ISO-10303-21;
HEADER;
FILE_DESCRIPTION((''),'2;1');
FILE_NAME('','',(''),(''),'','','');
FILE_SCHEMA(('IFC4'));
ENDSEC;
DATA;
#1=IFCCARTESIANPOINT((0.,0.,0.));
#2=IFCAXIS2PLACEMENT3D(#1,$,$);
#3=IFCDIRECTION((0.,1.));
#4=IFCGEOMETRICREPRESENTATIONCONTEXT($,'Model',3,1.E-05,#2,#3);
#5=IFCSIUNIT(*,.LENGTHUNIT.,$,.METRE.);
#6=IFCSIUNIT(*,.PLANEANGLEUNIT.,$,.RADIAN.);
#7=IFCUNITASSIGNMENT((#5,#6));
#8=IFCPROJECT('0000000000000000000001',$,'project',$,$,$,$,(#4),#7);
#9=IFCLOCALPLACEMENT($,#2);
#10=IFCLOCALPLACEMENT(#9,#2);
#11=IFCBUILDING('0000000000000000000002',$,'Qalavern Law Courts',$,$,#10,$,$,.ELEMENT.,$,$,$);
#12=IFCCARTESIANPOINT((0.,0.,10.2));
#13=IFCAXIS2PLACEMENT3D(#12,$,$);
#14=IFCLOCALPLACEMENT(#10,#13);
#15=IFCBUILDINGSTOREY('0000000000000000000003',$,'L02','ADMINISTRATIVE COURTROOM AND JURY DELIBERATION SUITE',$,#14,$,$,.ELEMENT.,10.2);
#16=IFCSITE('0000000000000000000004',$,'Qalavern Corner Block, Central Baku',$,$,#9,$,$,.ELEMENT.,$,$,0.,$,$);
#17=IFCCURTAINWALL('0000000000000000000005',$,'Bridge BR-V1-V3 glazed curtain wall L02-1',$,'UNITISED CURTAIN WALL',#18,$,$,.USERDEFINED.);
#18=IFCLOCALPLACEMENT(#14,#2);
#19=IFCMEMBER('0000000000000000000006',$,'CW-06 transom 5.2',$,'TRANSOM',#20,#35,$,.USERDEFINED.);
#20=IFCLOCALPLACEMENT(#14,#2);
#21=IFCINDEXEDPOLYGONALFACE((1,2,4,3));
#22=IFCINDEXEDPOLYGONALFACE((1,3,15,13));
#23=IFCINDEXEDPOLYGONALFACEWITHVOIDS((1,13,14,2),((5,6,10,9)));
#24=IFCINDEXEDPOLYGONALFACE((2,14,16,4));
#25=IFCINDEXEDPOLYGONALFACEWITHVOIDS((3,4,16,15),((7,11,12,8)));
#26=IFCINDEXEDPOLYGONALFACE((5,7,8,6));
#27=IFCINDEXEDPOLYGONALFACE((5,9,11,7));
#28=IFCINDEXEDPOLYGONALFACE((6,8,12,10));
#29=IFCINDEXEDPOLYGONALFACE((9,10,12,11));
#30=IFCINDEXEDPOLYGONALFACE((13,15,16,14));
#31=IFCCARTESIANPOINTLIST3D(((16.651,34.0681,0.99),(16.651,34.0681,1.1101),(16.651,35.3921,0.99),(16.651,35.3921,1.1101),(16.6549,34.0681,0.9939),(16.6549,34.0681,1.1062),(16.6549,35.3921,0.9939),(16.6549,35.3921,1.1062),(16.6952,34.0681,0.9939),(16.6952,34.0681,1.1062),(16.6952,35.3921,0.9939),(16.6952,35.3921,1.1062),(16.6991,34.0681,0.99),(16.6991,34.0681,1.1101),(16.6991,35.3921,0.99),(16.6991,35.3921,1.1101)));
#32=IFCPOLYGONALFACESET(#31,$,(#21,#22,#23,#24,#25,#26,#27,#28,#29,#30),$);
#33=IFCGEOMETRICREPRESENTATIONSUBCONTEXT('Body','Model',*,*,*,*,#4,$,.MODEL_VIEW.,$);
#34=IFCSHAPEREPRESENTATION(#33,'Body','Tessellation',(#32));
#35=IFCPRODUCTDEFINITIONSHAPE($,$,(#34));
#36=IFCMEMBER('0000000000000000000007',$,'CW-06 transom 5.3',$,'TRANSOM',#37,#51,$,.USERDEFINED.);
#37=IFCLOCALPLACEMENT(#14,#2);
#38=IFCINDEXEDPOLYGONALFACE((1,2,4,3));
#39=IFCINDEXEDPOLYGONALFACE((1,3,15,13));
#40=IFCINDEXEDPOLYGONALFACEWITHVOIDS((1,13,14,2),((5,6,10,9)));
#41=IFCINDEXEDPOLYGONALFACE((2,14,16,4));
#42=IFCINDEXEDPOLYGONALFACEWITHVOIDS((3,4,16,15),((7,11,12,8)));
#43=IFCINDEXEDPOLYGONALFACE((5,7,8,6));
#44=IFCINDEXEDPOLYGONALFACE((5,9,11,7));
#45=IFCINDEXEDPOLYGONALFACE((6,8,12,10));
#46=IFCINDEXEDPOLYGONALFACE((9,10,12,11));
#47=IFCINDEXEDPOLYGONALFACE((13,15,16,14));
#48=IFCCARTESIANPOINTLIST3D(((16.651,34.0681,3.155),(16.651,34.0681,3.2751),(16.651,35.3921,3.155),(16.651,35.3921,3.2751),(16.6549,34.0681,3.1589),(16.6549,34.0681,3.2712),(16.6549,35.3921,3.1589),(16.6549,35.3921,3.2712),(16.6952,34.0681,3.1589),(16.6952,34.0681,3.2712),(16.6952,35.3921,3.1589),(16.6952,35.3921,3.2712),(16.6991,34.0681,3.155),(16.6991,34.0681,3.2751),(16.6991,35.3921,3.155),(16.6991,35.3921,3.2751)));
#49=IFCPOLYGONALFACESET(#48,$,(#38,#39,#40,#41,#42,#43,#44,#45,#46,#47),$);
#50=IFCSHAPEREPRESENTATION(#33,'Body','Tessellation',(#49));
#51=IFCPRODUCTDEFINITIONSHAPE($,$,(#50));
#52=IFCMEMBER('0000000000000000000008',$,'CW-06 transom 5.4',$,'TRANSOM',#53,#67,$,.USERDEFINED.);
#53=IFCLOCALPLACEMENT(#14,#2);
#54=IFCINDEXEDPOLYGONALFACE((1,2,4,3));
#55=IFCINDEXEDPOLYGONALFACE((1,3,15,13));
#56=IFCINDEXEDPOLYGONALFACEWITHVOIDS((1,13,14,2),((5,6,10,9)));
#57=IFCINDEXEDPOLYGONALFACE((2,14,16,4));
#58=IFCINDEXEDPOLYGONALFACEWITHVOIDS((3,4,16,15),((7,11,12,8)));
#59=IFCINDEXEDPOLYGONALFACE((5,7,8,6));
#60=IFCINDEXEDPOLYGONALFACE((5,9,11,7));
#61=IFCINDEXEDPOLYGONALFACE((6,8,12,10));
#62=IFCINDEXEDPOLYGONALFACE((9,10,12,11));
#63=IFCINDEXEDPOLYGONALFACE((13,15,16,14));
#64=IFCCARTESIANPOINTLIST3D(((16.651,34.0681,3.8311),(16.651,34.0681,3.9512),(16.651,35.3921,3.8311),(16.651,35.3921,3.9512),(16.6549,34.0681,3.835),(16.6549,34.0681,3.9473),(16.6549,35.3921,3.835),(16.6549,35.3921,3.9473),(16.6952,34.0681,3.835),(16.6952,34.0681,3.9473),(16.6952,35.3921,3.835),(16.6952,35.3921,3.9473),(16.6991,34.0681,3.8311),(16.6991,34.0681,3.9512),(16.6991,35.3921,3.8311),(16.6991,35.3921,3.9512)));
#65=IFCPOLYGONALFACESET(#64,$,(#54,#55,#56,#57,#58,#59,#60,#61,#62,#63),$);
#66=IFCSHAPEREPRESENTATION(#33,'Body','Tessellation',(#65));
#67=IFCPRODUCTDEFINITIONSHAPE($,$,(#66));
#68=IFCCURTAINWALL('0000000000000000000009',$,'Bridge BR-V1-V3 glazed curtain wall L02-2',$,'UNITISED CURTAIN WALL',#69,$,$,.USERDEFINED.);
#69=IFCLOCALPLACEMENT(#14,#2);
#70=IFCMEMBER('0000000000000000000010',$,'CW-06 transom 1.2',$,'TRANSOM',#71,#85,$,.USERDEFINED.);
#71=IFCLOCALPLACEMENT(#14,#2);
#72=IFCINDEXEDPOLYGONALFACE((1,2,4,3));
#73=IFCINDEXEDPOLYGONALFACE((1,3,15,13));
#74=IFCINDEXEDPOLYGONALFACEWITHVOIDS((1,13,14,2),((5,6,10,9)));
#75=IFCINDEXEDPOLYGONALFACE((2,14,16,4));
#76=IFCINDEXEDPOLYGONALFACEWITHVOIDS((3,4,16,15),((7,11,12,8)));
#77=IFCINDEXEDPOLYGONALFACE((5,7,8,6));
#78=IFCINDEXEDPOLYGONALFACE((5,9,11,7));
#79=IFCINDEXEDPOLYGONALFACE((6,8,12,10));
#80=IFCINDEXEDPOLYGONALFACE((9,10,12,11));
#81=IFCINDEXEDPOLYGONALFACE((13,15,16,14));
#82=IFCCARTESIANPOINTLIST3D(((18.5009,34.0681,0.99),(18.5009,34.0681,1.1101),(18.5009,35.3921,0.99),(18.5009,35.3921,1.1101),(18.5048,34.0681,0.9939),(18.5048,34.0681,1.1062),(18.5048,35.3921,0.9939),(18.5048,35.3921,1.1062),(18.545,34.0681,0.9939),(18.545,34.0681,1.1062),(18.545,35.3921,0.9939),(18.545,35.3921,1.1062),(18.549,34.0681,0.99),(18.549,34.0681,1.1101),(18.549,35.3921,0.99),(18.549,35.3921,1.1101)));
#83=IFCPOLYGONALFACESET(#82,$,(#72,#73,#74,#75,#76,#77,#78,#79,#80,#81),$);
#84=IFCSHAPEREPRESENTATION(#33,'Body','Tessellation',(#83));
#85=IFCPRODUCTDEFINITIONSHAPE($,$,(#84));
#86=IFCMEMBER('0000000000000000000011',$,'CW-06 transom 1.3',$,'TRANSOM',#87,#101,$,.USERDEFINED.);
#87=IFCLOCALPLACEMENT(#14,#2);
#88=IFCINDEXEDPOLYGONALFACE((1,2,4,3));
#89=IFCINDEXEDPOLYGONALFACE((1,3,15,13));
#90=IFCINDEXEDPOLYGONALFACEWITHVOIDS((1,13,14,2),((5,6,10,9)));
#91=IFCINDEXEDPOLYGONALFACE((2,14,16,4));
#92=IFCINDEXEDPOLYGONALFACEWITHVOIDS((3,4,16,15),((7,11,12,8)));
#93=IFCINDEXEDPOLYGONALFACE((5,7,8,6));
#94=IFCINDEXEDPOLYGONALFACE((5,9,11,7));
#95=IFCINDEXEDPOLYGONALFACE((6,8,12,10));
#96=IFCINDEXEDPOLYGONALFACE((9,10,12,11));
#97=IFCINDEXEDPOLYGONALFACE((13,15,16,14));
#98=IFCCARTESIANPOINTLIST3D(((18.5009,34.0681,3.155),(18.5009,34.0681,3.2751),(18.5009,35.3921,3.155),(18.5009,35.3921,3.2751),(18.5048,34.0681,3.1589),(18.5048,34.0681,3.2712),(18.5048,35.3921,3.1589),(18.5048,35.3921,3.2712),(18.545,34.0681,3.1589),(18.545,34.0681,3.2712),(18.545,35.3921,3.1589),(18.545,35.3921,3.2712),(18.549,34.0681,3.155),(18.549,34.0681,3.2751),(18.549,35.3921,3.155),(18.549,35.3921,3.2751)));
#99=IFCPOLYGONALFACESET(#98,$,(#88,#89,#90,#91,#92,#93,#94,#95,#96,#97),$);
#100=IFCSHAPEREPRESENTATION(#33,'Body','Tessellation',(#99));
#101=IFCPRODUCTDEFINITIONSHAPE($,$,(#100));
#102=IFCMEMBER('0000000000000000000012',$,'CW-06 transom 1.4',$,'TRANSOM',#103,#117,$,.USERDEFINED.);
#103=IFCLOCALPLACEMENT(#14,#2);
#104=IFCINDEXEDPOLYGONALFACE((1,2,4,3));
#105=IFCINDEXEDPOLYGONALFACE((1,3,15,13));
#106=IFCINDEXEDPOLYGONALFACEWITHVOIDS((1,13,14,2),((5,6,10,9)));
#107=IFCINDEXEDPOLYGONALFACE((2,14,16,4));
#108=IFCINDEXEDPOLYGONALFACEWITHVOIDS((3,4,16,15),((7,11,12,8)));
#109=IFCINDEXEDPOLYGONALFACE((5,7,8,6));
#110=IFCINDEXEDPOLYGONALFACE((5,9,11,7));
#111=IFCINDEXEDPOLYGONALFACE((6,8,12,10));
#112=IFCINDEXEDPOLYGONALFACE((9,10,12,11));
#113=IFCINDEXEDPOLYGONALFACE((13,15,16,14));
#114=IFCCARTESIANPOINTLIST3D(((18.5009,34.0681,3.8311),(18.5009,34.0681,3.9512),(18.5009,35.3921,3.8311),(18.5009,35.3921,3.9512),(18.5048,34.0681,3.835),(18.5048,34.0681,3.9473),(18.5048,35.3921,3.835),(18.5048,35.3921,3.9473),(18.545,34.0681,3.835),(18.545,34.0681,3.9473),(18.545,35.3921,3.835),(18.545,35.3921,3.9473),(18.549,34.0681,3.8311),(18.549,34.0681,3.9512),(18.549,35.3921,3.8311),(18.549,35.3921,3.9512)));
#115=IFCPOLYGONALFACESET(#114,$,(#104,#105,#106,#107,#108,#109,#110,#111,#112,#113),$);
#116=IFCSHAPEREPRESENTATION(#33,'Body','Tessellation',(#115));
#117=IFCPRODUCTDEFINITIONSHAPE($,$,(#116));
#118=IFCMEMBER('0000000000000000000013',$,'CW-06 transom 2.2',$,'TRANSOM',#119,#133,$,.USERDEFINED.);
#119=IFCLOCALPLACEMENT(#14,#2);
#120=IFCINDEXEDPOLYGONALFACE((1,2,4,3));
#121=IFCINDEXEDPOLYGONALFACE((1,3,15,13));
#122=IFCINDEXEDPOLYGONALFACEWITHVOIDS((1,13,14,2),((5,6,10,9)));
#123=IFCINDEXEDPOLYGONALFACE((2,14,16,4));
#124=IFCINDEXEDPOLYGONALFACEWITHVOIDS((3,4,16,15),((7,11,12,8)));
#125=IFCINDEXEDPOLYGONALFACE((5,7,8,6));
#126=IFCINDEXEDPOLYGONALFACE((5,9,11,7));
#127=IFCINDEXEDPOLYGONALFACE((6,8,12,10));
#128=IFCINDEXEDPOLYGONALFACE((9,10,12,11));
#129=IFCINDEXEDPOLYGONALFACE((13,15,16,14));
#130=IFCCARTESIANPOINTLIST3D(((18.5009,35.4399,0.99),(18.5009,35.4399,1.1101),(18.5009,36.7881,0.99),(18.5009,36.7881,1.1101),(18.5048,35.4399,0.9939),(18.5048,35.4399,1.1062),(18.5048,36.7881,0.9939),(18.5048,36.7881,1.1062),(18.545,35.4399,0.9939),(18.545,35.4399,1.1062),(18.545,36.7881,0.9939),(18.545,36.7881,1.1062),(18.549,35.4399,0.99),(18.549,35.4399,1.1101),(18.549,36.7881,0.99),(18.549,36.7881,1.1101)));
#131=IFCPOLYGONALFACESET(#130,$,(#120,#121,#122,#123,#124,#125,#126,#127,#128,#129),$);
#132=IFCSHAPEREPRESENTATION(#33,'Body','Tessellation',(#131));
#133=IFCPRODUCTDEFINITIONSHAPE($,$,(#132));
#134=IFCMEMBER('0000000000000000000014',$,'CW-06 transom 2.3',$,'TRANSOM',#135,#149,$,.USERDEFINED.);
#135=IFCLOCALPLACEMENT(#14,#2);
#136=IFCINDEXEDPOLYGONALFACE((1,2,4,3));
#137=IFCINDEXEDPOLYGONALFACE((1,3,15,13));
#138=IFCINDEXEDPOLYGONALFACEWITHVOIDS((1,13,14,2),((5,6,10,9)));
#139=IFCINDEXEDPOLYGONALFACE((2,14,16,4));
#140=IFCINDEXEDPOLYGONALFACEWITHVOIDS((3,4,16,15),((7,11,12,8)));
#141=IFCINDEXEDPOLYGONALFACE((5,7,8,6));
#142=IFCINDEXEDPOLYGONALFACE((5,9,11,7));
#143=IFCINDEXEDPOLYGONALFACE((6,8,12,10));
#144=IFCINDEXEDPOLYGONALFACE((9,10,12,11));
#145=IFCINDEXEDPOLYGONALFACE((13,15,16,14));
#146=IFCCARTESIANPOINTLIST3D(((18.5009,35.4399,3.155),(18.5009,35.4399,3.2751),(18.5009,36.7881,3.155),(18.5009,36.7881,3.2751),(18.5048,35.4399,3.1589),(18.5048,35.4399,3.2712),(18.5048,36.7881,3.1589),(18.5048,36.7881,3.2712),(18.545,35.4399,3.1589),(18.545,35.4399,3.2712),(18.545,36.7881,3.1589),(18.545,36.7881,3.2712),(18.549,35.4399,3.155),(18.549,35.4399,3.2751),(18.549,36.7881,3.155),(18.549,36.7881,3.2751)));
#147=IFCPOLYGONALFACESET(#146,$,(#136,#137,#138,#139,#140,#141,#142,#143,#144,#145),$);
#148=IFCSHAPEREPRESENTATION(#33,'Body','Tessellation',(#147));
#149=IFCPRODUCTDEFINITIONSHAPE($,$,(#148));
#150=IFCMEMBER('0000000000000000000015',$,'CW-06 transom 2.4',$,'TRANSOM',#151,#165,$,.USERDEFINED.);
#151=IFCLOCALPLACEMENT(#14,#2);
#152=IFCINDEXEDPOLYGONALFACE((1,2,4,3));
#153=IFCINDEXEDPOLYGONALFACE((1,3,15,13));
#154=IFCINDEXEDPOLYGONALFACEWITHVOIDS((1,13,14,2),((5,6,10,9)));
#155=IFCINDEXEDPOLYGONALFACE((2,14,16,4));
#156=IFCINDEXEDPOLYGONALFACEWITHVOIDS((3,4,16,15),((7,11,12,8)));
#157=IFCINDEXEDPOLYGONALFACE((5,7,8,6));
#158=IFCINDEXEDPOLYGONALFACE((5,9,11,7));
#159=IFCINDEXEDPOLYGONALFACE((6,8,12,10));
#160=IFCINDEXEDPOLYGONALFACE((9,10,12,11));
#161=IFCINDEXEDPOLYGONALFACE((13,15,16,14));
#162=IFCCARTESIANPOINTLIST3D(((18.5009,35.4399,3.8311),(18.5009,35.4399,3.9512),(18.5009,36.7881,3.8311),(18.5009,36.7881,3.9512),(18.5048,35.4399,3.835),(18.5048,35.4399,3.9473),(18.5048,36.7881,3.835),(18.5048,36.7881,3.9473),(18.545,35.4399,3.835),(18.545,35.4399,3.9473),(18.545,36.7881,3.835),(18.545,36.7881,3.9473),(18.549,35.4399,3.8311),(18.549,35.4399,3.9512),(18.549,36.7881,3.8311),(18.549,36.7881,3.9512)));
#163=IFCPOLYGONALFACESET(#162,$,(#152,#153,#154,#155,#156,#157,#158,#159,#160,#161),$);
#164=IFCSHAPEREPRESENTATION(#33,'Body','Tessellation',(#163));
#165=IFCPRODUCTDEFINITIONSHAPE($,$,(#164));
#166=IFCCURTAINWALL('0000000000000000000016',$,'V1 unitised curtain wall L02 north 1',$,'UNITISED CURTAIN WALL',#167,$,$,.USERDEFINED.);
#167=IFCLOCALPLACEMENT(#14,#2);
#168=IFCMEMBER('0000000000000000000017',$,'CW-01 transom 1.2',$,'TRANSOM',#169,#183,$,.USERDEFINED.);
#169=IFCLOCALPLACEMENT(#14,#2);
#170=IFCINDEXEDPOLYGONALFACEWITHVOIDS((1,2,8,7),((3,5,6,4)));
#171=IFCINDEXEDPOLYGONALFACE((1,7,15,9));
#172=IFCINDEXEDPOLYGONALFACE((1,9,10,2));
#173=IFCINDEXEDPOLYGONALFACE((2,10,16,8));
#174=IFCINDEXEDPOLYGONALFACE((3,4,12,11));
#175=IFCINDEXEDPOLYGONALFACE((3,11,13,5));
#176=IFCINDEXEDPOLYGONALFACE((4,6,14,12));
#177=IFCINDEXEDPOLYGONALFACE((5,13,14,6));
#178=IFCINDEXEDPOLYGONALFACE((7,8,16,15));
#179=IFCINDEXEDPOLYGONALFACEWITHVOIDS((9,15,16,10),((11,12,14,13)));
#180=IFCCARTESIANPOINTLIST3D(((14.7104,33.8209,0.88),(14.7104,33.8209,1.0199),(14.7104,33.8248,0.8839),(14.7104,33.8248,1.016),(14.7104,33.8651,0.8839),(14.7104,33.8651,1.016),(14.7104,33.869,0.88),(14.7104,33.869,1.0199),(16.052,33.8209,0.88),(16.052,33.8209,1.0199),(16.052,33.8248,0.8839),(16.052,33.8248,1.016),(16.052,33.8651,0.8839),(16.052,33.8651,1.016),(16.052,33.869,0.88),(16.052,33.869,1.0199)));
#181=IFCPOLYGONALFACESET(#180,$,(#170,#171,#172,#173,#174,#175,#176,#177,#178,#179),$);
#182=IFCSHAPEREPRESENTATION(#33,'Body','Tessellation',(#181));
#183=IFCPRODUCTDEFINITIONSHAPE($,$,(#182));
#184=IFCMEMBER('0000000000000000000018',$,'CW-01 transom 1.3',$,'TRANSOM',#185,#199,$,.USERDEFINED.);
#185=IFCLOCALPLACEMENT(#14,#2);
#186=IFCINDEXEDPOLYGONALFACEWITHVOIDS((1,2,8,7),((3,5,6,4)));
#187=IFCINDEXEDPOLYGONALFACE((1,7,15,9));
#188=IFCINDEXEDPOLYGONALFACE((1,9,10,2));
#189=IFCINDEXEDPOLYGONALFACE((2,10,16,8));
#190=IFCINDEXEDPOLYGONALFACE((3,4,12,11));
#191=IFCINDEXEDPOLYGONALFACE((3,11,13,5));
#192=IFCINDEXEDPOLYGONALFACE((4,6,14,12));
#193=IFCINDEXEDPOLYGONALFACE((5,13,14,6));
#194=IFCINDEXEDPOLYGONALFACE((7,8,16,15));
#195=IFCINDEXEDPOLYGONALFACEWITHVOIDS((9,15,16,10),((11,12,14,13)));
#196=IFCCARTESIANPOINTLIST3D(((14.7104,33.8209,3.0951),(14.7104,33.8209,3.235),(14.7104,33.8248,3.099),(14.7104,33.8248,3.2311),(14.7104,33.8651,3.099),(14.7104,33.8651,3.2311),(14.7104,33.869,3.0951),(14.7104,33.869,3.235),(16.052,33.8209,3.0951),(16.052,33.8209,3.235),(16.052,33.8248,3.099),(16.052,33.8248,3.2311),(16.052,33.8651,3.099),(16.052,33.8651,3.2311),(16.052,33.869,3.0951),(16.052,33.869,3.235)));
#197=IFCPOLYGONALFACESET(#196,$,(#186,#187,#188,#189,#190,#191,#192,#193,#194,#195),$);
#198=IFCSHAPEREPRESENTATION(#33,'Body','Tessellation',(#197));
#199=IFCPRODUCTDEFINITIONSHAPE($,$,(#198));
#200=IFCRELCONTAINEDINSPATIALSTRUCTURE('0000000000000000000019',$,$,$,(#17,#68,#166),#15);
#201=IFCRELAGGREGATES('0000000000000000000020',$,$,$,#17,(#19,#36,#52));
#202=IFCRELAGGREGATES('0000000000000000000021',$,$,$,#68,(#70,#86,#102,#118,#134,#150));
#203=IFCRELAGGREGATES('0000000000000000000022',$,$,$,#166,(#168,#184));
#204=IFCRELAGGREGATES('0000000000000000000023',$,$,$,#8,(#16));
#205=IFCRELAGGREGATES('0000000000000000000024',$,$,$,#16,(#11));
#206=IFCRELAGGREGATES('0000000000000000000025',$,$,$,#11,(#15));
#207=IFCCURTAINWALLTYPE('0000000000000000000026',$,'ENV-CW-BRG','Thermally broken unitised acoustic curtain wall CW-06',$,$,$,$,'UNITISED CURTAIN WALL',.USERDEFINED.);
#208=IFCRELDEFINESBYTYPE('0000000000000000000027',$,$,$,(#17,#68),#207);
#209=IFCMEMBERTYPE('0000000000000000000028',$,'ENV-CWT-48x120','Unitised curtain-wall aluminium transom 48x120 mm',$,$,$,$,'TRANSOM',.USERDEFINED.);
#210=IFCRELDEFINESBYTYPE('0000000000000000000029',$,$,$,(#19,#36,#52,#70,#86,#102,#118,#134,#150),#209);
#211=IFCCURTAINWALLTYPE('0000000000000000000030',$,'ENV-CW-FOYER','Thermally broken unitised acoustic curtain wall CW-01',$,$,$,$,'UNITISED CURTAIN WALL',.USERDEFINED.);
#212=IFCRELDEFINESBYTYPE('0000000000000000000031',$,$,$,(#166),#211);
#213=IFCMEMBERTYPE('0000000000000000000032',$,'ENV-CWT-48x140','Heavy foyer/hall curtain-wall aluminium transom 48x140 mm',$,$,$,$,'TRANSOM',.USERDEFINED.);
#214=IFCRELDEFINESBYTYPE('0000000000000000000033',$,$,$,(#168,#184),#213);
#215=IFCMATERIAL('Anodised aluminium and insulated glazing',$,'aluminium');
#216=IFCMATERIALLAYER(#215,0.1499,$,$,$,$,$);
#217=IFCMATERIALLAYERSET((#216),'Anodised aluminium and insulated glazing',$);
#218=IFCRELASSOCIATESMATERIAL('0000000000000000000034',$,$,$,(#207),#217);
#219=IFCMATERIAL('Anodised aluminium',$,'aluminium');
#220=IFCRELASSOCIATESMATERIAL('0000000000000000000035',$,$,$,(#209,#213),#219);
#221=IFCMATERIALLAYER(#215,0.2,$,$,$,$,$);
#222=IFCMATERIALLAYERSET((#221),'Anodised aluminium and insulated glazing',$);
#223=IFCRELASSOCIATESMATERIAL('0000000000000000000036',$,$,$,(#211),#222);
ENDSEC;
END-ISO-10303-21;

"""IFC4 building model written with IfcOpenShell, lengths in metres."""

from ifc_helpers import new_model, si_unit, direction, frame, origin, origin_2d, place, context, subcontext, project, spatial, hollow_rectangle, extrude, material, layer, layer_set, material_profile, profile_set, type_object, element, aggregate, save


model = new_model("IFC4")

# Units and contexts
model_context = context("Model", 3, precision=1e-05, world=origin(), true_north=direction((0.0, 1.0)))
body_context = subcontext(model_context, "Body", "Model", "MODEL_VIEW")
ifc_project = project(units=[si_unit("LENGTHUNIT", "METRE"), si_unit("PLANEANGLEUNIT", "RADIAN")], contexts=[model_context])

# Site, building, storey
site_placement = place(None, origin())
site = spatial("IfcSite", under=ifc_project, at=site_placement, Name="Qalavern Corner Block, Central Baku", CompositionType="ELEMENT", RefElevation=0.0)
building_placement = place(site_placement, origin())
building = spatial("IfcBuilding", under=site, at=building_placement, Name="Qalavern Law Courts", CompositionType="ELEMENT")
storey_placement = place(building_placement, frame((0.0, 0.0, 10.2)))
storey = spatial("IfcBuildingStorey", under=building, at=storey_placement, Name="L02", Description="ADMINISTRATIVE COURTROOM AND JURY DELIBERATION SUITE", CompositionType="ELEMENT", Elevation=10.2)

# Curtain walls, members
ifc_material_1 = material(Name="Anodised aluminium and insulated glazing", Category="aluminium")
ifc_layer_1 = layer(ifc_material_1, 0.1499)
ifc_layer_set_1 = layer_set([ifc_layer_1], Name="Anodised aluminium and insulated glazing")
curtain_wall_type_1 = type_object("IfcCurtainWallType", Name="ENV-CW-BRG", Description="Thermally broken unitised acoustic curtain wall CW-06", ElementType="UNITISED CURTAIN WALL", PredefinedType="USERDEFINED", material=ifc_layer_set_1)
curtain_wall_1_placement = place(storey_placement, origin())
curtain_wall_1 = element("IfcCurtainWall", 1, at=curtain_wall_1_placement, inside=storey, type_object=curtain_wall_type_1, Name="Bridge BR-V1-V3 glazed curtain wall L02-1", ObjectType="UNITISED CURTAIN WALL", PredefinedType="USERDEFINED")
ifc_material_2 = material(Name="Anodised aluminium", Category="aluminium")
ifc_material_profile_1 = material_profile(ifc_material_2, hollow_rectangle(XDim=0.0481, YDim=0.1201, WallThickness=0.0039, at=origin_2d()), Name="ALU TRANSOM 48x120")
ifc_profile_set_1 = profile_set([ifc_material_profile_1], Name="Anodised aluminium")
member_type_1 = type_object("IfcMemberType", Name="ENV-CWT-48x120", Description="Unitised curtain-wall aluminium transom 48x120 mm", ElementType="TRANSOM", PredefinedType="USERDEFINED", material=ifc_profile_set_1)
member_1_placement = place(storey_placement, frame((16.675, 35.3921, 1.05), z_axis=(0.0, -1.0, 0.0), x_axis=(1.0, 0.0, 0.0)))
member_1 = element("IfcMember", 2, at=member_1_placement, type_object=member_type_1, Name="CW-06 transom 5.2", ObjectType="TRANSOM", PredefinedType="USERDEFINED", context=body_context, shape_type="SweptSolid", body=[
    extrude(hollow_rectangle(XDim=0.0481, YDim=0.1201, WallThickness=0.0039, at=origin_2d()), origin(), (0.0, 0.0, 1.0), 1.324),
])
member_2_placement = place(storey_placement, frame((16.675, 35.3921, 3.2151), z_axis=(0.0, -1.0, 0.0), x_axis=(1.0, 0.0, 0.0)))
member_2 = element("IfcMember", 3, at=member_2_placement, type_object=member_type_1, Name="CW-06 transom 5.3", ObjectType="TRANSOM", PredefinedType="USERDEFINED", context=body_context, shape_type="SweptSolid", body=[
    extrude(hollow_rectangle(XDim=0.0481, YDim=0.1201, WallThickness=0.0039, at=origin_2d()), origin(), (0.0, 0.0, 1.0), 1.324),
])
member_3_placement = place(storey_placement, frame((16.675, 35.3921, 3.8911), z_axis=(0.0, -1.0, 0.0), x_axis=(1.0, 0.0, 0.0)))
member_3 = element("IfcMember", 4, at=member_3_placement, type_object=member_type_1, Name="CW-06 transom 5.4", ObjectType="TRANSOM", PredefinedType="USERDEFINED", context=body_context, shape_type="SweptSolid", body=[
    extrude(hollow_rectangle(XDim=0.0481, YDim=0.1201, WallThickness=0.0039, at=origin_2d()), origin(), (0.0, 0.0, 1.0), 1.324),
])
curtain_wall_2_placement = place(storey_placement, origin())
curtain_wall_2 = element("IfcCurtainWall", 5, at=curtain_wall_2_placement, inside=storey, type_object=curtain_wall_type_1, Name="Bridge BR-V1-V3 glazed curtain wall L02-2", ObjectType="UNITISED CURTAIN WALL", PredefinedType="USERDEFINED")
member_4_placement = place(storey_placement, frame((18.5249, 34.0681, 1.05), z_axis=(0.0, 1.0, 0.0), x_axis=(-1.0, 0.0, 0.0)))
member_4 = element("IfcMember", 6, at=member_4_placement, type_object=member_type_1, Name="CW-06 transom 1.2", ObjectType="TRANSOM", PredefinedType="USERDEFINED", context=body_context, shape_type="SweptSolid", body=[
    extrude(hollow_rectangle(XDim=0.0481, YDim=0.1201, WallThickness=0.0039, at=origin_2d()), origin(), (0.0, 0.0, 1.0), 1.324),
])
member_5_placement = place(storey_placement, frame((18.5249, 34.0681, 3.2151), z_axis=(0.0, 1.0, 0.0), x_axis=(-1.0, 0.0, 0.0)))
member_5 = element("IfcMember", 7, at=member_5_placement, type_object=member_type_1, Name="CW-06 transom 1.3", ObjectType="TRANSOM", PredefinedType="USERDEFINED", context=body_context, shape_type="SweptSolid", body=[
    extrude(hollow_rectangle(XDim=0.0481, YDim=0.1201, WallThickness=0.0039, at=origin_2d()), origin(), (0.0, 0.0, 1.0), 1.324),
])
member_6_placement = place(storey_placement, frame((18.5249, 34.0681, 3.8911), z_axis=(0.0, 1.0, 0.0), x_axis=(-1.0, 0.0, 0.0)))
member_6 = element("IfcMember", 8, at=member_6_placement, type_object=member_type_1, Name="CW-06 transom 1.4", ObjectType="TRANSOM", PredefinedType="USERDEFINED", context=body_context, shape_type="SweptSolid", body=[
    extrude(hollow_rectangle(XDim=0.0481, YDim=0.1201, WallThickness=0.0039, at=origin_2d()), origin(), (0.0, 0.0, 1.0), 1.324),
])
member_7_placement = place(storey_placement, frame((18.5249, 35.4399, 1.05), z_axis=(0.0, 1.0, 0.0), x_axis=(-1.0, 0.0, 0.0)))
member_7 = element("IfcMember", 9, at=member_7_placement, type_object=member_type_1, Name="CW-06 transom 2.2", ObjectType="TRANSOM", PredefinedType="USERDEFINED", context=body_context, shape_type="SweptSolid", body=[
    extrude(hollow_rectangle(XDim=0.0481, YDim=0.1201, WallThickness=0.0039, at=origin_2d()), origin(), (0.0, 0.0, 1.0), 1.3481),
])
member_8_placement = place(storey_placement, frame((18.5249, 35.4399, 3.2151), z_axis=(0.0, 1.0, 0.0), x_axis=(-1.0, 0.0, 0.0)))
member_8 = element("IfcMember", 10, at=member_8_placement, type_object=member_type_1, Name="CW-06 transom 2.3", ObjectType="TRANSOM", PredefinedType="USERDEFINED", context=body_context, shape_type="SweptSolid", body=[
    extrude(hollow_rectangle(XDim=0.0481, YDim=0.1201, WallThickness=0.0039, at=origin_2d()), origin(), (0.0, 0.0, 1.0), 1.3481),
])
member_9_placement = place(storey_placement, frame((18.5249, 35.4399, 3.8911), z_axis=(0.0, 1.0, 0.0), x_axis=(-1.0, 0.0, 0.0)))
member_9 = element("IfcMember", 11, at=member_9_placement, type_object=member_type_1, Name="CW-06 transom 2.4", ObjectType="TRANSOM", PredefinedType="USERDEFINED", context=body_context, shape_type="SweptSolid", body=[
    extrude(hollow_rectangle(XDim=0.0481, YDim=0.1201, WallThickness=0.0039, at=origin_2d()), origin(), (0.0, 0.0, 1.0), 1.3481),
])
ifc_layer_2 = layer(ifc_material_1, 0.2)
ifc_layer_set_2 = layer_set([ifc_layer_2], Name="Anodised aluminium and insulated glazing")
curtain_wall_type_2 = type_object("IfcCurtainWallType", Name="ENV-CW-FOYER", Description="Thermally broken unitised acoustic curtain wall CW-01", ElementType="UNITISED CURTAIN WALL", PredefinedType="USERDEFINED", material=ifc_layer_set_2)
curtain_wall_3_placement = place(storey_placement, origin())
curtain_wall_3 = element("IfcCurtainWall", 12, at=curtain_wall_3_placement, inside=storey, type_object=curtain_wall_type_2, Name="V1 unitised curtain wall L02 north 1", ObjectType="UNITISED CURTAIN WALL", PredefinedType="USERDEFINED")
ifc_material_profile_2 = material_profile(ifc_material_2, hollow_rectangle(XDim=0.0481, YDim=0.1399, WallThickness=0.0039, at=origin_2d()), Name="ALU TRANSOM 48x140")
ifc_profile_set_2 = profile_set([ifc_material_profile_2], Name="Anodised aluminium")
member_type_2 = type_object("IfcMemberType", Name="ENV-CWT-48x140", Description="Heavy foyer/hall curtain-wall aluminium transom 48x140 mm", ElementType="TRANSOM", PredefinedType="USERDEFINED", material=ifc_profile_set_2)
member_10_placement = place(storey_placement, frame((16.052, 33.845, 0.95), z_axis=(-1.0, 0.0, 0.0), x_axis=(0.0, -1.0, 0.0)))
member_10 = element("IfcMember", 13, at=member_10_placement, type_object=member_type_2, Name="CW-01 transom 1.2", ObjectType="TRANSOM", PredefinedType="USERDEFINED", context=body_context, shape_type="SweptSolid", body=[
    extrude(hollow_rectangle(XDim=0.0481, YDim=0.1399, WallThickness=0.0039, at=origin_2d()), origin(), (0.0, 0.0, 1.0), 1.3416),
])
member_11_placement = place(storey_placement, frame((16.052, 33.845, 3.165), z_axis=(-1.0, 0.0, 0.0), x_axis=(0.0, -1.0, 0.0)))
member_11 = element("IfcMember", 14, at=member_11_placement, type_object=member_type_2, Name="CW-01 transom 1.3", ObjectType="TRANSOM", PredefinedType="USERDEFINED", context=body_context, shape_type="SweptSolid", body=[
    extrude(hollow_rectangle(XDim=0.0481, YDim=0.1399, WallThickness=0.0039, at=origin_2d()), origin(), (0.0, 0.0, 1.0), 1.3416),
])

aggregate(curtain_wall_1, [member_1, member_2, member_3])
aggregate(curtain_wall_2, [member_4, member_5, member_6, member_7, member_8, member_9])
aggregate(curtain_wall_3, [member_10, member_11])

save(model, "model.ifc")
